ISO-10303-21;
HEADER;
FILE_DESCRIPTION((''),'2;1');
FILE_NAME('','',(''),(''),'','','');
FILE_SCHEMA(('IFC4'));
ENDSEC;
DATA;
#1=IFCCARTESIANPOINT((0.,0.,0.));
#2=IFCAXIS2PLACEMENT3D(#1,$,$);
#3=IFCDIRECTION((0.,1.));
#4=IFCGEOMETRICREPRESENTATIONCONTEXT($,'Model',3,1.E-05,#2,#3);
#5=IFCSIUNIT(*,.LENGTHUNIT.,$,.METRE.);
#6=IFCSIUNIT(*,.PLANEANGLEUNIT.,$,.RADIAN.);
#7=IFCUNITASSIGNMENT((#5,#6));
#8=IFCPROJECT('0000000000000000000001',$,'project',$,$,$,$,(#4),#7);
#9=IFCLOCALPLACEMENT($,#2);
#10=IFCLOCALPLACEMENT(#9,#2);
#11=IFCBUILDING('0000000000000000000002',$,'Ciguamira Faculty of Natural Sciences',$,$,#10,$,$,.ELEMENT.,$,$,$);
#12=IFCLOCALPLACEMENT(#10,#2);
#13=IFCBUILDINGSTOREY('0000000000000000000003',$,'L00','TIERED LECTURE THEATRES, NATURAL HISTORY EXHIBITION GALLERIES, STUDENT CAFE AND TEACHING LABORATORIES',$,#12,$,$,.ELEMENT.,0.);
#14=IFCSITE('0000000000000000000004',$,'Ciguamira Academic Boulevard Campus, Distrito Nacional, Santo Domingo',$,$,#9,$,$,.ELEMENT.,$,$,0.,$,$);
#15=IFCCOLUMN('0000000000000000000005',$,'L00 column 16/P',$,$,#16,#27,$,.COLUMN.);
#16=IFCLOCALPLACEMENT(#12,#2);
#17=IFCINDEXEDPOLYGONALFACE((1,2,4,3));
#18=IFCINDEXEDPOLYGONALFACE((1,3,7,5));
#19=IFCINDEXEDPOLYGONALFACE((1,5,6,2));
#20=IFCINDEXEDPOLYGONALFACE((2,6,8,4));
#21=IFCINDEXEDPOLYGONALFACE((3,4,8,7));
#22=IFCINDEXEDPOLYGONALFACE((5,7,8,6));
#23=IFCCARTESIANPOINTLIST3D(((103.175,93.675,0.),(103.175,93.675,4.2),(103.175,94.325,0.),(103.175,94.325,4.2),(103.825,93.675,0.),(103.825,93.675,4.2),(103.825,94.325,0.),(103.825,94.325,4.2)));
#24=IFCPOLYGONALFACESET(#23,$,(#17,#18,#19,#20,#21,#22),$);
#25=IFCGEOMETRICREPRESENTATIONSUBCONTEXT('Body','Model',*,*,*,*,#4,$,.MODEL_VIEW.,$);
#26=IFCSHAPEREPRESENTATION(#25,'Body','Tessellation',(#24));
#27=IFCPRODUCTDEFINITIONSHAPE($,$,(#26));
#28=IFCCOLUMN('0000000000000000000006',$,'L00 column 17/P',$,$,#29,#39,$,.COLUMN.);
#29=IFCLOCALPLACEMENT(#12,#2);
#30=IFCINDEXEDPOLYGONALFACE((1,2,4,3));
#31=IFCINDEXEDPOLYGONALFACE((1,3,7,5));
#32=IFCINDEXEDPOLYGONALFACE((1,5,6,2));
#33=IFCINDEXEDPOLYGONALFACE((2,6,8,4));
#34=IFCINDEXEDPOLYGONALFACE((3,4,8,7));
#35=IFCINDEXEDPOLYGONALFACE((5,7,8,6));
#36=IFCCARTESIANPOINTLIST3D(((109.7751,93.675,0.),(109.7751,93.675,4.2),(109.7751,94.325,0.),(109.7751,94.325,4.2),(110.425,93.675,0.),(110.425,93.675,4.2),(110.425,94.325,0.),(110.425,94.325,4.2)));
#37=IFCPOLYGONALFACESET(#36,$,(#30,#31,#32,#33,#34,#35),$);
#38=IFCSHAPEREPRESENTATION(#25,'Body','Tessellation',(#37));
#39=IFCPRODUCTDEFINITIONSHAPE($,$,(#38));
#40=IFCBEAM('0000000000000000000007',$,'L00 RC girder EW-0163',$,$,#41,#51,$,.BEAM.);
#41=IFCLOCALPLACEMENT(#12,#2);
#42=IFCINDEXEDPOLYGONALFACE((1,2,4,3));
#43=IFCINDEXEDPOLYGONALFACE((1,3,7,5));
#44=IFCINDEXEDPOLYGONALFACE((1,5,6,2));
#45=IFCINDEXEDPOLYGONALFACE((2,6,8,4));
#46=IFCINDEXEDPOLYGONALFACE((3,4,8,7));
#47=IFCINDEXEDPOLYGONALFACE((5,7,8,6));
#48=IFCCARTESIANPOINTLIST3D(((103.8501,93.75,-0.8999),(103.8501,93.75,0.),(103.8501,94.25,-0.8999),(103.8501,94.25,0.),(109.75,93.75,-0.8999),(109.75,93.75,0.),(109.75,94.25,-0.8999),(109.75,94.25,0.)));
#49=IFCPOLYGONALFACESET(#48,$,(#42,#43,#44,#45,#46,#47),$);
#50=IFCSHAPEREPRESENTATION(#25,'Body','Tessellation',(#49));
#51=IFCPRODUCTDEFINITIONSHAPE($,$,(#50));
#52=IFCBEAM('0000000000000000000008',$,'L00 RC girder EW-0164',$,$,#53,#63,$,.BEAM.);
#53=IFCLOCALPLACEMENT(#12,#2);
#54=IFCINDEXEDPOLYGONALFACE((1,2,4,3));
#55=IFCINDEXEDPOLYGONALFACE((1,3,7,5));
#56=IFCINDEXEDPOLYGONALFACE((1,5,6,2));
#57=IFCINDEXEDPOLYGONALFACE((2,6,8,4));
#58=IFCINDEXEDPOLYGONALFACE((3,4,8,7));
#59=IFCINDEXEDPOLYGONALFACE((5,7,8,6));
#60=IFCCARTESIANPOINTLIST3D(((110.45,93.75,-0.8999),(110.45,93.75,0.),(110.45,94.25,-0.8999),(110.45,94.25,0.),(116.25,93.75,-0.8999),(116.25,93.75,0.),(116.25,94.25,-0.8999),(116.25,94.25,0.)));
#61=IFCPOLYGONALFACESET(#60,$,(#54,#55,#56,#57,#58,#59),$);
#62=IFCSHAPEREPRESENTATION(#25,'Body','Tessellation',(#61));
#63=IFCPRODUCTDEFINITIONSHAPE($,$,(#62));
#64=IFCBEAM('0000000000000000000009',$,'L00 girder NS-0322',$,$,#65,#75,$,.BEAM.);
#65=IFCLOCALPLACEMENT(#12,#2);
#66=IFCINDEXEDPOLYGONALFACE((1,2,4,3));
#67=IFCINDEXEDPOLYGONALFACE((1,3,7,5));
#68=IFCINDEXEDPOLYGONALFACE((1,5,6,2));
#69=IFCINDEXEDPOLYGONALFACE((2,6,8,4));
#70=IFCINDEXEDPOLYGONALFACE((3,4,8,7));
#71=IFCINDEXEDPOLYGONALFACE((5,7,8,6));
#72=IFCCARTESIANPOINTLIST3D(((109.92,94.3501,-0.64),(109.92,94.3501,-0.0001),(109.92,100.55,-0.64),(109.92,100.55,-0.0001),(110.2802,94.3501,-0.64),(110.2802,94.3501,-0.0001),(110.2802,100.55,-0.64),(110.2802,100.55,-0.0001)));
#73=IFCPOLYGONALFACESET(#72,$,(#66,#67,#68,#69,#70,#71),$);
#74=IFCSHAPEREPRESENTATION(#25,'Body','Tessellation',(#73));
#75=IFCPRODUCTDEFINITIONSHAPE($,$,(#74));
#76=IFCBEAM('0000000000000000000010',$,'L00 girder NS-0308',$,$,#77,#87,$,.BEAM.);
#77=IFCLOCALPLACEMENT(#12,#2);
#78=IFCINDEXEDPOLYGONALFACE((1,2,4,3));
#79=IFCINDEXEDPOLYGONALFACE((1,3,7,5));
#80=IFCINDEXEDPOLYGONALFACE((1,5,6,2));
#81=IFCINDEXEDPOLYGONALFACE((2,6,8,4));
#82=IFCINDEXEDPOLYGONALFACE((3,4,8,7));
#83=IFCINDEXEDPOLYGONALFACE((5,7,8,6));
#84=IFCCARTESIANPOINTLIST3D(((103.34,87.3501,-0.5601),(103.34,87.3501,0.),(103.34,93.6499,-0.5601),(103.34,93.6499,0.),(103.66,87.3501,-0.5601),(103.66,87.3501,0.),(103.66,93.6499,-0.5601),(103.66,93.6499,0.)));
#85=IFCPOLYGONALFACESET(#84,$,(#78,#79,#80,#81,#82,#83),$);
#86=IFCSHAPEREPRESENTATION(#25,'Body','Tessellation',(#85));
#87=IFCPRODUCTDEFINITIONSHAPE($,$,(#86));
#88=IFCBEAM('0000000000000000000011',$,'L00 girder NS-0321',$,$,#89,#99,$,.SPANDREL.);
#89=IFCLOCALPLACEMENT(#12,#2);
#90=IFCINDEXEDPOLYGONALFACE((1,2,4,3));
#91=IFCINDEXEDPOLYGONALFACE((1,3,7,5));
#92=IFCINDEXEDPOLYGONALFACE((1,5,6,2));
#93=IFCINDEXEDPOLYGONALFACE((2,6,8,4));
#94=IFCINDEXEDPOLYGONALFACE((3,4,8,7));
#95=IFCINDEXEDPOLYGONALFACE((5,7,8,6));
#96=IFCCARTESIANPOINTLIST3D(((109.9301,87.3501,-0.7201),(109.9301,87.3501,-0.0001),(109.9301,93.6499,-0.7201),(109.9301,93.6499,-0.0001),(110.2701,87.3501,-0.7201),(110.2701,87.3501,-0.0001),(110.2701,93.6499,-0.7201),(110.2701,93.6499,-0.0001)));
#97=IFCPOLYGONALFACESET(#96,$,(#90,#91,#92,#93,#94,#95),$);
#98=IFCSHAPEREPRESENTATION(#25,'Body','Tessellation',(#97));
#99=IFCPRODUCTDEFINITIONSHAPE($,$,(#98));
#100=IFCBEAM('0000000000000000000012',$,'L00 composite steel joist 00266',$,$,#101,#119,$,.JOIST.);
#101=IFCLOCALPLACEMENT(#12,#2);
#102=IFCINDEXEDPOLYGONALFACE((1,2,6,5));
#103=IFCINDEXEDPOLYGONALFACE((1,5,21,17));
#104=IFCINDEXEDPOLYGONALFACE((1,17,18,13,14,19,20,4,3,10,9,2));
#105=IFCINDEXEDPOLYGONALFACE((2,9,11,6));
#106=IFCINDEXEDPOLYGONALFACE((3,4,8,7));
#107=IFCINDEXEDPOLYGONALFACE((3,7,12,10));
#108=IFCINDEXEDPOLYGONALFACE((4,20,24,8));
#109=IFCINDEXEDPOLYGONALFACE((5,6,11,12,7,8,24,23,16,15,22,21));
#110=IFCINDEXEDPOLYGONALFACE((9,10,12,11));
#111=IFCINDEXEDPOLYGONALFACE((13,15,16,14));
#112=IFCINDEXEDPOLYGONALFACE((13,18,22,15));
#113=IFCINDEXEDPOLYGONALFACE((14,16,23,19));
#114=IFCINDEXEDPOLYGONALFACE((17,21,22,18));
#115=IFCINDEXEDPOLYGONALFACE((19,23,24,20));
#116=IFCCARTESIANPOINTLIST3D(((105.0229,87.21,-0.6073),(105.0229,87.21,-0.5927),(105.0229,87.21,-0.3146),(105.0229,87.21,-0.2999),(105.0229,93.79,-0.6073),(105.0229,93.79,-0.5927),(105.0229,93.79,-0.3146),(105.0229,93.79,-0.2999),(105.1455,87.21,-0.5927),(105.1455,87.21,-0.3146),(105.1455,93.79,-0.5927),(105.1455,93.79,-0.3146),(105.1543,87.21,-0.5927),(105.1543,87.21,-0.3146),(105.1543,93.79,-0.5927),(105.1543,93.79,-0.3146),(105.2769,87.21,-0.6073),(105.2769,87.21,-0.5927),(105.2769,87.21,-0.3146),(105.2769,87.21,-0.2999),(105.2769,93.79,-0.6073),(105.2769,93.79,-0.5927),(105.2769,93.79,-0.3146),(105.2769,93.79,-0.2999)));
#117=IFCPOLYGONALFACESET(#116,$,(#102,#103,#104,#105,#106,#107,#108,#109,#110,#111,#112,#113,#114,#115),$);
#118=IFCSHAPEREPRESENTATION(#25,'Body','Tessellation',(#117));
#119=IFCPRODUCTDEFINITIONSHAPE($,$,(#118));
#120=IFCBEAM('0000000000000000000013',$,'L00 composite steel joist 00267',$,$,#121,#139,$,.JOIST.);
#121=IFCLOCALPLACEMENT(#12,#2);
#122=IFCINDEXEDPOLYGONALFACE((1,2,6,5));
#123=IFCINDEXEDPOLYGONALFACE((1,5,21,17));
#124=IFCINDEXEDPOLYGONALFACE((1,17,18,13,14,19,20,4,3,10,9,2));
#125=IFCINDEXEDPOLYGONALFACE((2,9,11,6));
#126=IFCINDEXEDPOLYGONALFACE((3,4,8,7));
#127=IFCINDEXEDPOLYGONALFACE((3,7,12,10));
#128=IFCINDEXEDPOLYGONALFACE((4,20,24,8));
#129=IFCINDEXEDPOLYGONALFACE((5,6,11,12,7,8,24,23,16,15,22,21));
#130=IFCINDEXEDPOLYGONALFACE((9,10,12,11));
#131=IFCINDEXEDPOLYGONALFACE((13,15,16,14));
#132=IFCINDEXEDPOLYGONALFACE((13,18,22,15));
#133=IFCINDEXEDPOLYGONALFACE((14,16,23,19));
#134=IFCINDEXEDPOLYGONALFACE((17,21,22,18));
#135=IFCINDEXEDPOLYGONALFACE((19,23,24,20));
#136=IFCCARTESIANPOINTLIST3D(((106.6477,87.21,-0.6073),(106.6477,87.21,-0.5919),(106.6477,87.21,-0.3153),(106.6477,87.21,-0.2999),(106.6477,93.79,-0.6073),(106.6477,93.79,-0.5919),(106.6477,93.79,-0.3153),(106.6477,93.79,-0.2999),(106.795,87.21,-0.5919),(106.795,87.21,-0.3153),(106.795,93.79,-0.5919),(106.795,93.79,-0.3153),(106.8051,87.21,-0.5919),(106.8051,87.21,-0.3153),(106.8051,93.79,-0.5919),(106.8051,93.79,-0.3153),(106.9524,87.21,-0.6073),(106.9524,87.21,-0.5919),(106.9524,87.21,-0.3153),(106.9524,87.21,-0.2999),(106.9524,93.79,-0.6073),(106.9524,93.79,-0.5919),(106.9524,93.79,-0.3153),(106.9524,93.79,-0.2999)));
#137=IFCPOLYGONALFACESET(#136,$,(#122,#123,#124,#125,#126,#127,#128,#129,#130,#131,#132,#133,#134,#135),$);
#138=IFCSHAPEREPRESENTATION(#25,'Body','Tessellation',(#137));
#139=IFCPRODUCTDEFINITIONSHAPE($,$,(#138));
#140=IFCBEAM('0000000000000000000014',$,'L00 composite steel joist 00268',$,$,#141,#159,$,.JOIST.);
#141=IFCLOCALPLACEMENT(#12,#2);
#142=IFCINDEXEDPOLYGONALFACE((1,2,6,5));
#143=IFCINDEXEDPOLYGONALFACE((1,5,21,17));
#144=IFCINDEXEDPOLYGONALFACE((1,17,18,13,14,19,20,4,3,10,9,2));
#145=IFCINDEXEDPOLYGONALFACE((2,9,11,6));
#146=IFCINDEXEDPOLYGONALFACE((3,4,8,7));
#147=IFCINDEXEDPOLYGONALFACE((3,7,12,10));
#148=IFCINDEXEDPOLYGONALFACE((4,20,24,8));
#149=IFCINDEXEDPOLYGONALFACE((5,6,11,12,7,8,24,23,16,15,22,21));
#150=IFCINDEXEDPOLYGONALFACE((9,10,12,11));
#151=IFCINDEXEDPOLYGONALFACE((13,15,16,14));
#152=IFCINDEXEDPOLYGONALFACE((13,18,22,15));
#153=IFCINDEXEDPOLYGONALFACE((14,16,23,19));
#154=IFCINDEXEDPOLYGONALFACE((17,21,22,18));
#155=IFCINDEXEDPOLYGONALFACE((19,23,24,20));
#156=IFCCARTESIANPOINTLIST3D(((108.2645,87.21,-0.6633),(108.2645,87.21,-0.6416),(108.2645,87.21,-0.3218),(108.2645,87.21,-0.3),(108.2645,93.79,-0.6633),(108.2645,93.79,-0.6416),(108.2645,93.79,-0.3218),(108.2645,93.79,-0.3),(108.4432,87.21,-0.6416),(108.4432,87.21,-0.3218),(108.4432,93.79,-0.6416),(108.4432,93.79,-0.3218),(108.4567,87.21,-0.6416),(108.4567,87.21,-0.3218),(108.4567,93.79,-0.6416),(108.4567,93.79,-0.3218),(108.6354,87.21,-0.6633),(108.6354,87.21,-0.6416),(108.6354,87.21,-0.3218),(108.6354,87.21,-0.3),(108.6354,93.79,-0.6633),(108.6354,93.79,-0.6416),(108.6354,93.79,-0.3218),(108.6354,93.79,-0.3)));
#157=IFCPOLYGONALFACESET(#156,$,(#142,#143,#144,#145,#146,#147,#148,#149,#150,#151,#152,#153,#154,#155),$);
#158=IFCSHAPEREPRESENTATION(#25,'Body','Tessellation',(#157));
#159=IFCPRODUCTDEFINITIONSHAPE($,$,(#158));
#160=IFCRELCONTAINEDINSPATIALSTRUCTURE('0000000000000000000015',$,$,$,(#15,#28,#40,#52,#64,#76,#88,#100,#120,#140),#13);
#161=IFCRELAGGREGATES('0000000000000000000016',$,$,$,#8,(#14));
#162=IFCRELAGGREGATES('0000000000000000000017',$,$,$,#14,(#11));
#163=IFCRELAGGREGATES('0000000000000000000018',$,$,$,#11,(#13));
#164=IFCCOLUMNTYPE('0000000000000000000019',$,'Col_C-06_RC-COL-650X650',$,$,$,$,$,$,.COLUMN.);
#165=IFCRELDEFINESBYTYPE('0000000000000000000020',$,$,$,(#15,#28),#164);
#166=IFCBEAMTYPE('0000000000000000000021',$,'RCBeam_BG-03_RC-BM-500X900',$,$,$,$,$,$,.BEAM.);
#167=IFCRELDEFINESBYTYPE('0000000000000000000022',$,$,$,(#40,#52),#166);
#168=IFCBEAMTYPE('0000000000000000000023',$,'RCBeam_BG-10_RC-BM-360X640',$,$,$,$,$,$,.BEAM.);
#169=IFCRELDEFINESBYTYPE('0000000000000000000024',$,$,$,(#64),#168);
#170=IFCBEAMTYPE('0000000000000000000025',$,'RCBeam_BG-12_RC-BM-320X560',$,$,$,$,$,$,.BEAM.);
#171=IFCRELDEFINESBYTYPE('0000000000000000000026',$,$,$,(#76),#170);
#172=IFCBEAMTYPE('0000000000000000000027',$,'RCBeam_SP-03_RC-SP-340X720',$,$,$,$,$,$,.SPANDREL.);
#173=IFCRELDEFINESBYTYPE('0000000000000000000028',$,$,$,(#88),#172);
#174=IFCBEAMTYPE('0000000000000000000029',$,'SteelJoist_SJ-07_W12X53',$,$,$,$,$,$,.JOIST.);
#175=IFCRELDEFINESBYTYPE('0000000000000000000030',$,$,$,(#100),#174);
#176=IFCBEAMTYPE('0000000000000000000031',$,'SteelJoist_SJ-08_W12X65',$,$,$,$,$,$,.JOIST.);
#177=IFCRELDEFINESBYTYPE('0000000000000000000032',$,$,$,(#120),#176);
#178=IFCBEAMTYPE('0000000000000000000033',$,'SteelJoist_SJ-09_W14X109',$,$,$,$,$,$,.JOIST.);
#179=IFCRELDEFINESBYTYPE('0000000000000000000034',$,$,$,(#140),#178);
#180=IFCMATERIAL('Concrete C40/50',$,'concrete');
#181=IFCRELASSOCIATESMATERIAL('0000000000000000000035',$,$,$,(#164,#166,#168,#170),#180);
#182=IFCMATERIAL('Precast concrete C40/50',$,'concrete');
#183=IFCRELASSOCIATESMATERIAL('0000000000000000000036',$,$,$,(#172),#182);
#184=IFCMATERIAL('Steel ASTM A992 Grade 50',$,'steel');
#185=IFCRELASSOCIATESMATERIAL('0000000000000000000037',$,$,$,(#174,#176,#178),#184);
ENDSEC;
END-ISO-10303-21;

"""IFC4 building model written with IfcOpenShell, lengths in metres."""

from ifc_helpers import new_model, si_unit, direction, frame, origin, origin_2d, place, context, subcontext, project, spatial, rectangle, i_section, extrude, material, material_profile, profile_set, type_object, element, save


model = new_model("IFC4")

# Units and contexts
model_context = context("Model", 3, precision=1e-05, world=origin(), true_north=direction((0.0, 1.0)))
body_context = subcontext(model_context, "Body", "Model", "MODEL_VIEW")
ifc_project = project(units=[si_unit("LENGTHUNIT", "METRE"), si_unit("PLANEANGLEUNIT", "RADIAN")], contexts=[model_context])

# Site, building, storey
site_placement = place(None, origin())
site = spatial("IfcSite", under=ifc_project, at=site_placement, Name="Ciguamira Academic Boulevard Campus, Distrito Nacional, Santo Domingo", CompositionType="ELEMENT", RefElevation=0.0)
building_placement = place(site_placement, origin())
building = spatial("IfcBuilding", under=site, at=building_placement, Name="Ciguamira Faculty of Natural Sciences", CompositionType="ELEMENT")
storey_placement = place(building_placement, origin())
storey = spatial("IfcBuildingStorey", under=building, at=storey_placement, Name="L00", Description="TIERED LECTURE THEATRES, NATURAL HISTORY EXHIBITION GALLERIES, STUDENT CAFE AND TEACHING LABORATORIES", CompositionType="ELEMENT", Elevation=0.0)

# Columns
ifc_material_1 = material(Name="Concrete C40/50", Category="concrete")
ifc_material_profile_1 = material_profile(ifc_material_1, rectangle(XDim=0.6499, YDim=0.6499, at=origin_2d()), Name="RC-COL-650X650")
ifc_profile_set_1 = profile_set([ifc_material_profile_1], Name="Concrete C40/50")
column_type = type_object("IfcColumnType", Name="Col_C-06_RC-COL-650X650", PredefinedType="COLUMN", material=ifc_profile_set_1)
for number, where, z_axis, x_axis, name in (
    (1, (103.5, 94.0, 0.0), (0.0, 0.0, 1.0), (1.0, 0.0, 0.0), "L00 column 16/P"),
    (2, (110.1001, 94.0, 0.0), (0.0, 0.0, 1.0), (1.0, 0.0, 0.0), "L00 column 17/P"),
):
    element("IfcColumn", number, at=place(storey_placement, frame(where, z_axis=z_axis, x_axis=x_axis)), inside=storey, type_object=column_type, Name=name, PredefinedType="COLUMN", context=body_context, shape_type="SweptSolid", body=[
        extrude(rectangle(XDim=0.6499, YDim=0.6499, at=origin_2d()), origin(), (0.0, 0.0, 1.0), 4.2),
    ])

# Beams
ifc_material_profile_2 = material_profile(ifc_material_1, rectangle(XDim=0.5, YDim=0.8999, at=origin_2d()), Name="RC-BM-500X900")
ifc_profile_set_2 = profile_set([ifc_material_profile_2], Name="Concrete C40/50")
beam_type_1 = type_object("IfcBeamType", Name="RCBeam_BG-03_RC-BM-500X900", PredefinedType="BEAM", material=ifc_profile_set_2)
beam_1_placement = place(storey_placement, frame((103.8501, 94.0, -0.45), z_axis=(1.0, 0.0, 0.0), x_axis=(0.0, 1.0, 0.0)))
element("IfcBeam", 3, at=beam_1_placement, inside=storey, type_object=beam_type_1, Name="L00 RC girder EW-0163", PredefinedType="BEAM", context=body_context, shape_type="SweptSolid", body=[
    extrude(rectangle(XDim=0.5, YDim=0.8999, at=origin_2d()), origin(), (0.0, 0.0, 1.0), 5.8999),
])
beam_2_placement = place(storey_placement, frame((110.45, 94.0, -0.45), z_axis=(1.0, 0.0, 0.0), x_axis=(0.0, 1.0, 0.0)))
element("IfcBeam", 4, at=beam_2_placement, inside=storey, type_object=beam_type_1, Name="L00 RC girder EW-0164", PredefinedType="BEAM", context=body_context, shape_type="SweptSolid", body=[
    extrude(rectangle(XDim=0.5, YDim=0.8999, at=origin_2d()), origin(), (0.0, 0.0, 1.0), 5.8),
])
ifc_material_profile_3 = material_profile(ifc_material_1, rectangle(XDim=0.3601, YDim=0.6399, at=origin_2d()), Name="RC-BM-360X640")
ifc_profile_set_3 = profile_set([ifc_material_profile_3], Name="Concrete C40/50")
beam_type_2 = type_object("IfcBeamType", Name="RCBeam_BG-10_RC-BM-360X640", PredefinedType="BEAM", material=ifc_profile_set_3)
beam_3_placement = place(storey_placement, frame((110.1001, 94.3501, -0.3201), z_axis=(0.0, 1.0, 0.0), x_axis=(-1.0, 0.0, 0.0)))
element("IfcBeam", 5, at=beam_3_placement, inside=storey, type_object=beam_type_2, Name="L00 girder NS-0322", PredefinedType="BEAM", context=body_context, shape_type="SweptSolid", body=[
    extrude(rectangle(XDim=0.3601, YDim=0.6399, at=origin_2d()), origin(), (0.0, 0.0, 1.0), 6.2),
])
ifc_material_profile_4 = material_profile(ifc_material_1, rectangle(XDim=0.3201, YDim=0.5601, at=origin_2d()), Name="RC-BM-320X560")
ifc_profile_set_4 = profile_set([ifc_material_profile_4], Name="Concrete C40/50")
beam_type_3 = type_object("IfcBeamType", Name="RCBeam_BG-12_RC-BM-320X560", PredefinedType="BEAM", material=ifc_profile_set_4)
beam_4_placement = place(storey_placement, frame((103.5, 87.3501, -0.28), z_axis=(0.0, 1.0, 0.0), x_axis=(-1.0, 0.0, 0.0)))
element("IfcBeam", 6, at=beam_4_placement, inside=storey, type_object=beam_type_3, Name="L00 girder NS-0308", PredefinedType="BEAM", context=body_context, shape_type="SweptSolid", body=[
    extrude(rectangle(XDim=0.3201, YDim=0.5601, at=origin_2d()), origin(), (0.0, 0.0, 1.0), 6.2998),
])
ifc_material_2 = material(Name="Precast concrete C40/50", Category="concrete")
ifc_material_profile_5 = material_profile(ifc_material_2, rectangle(XDim=0.3401, YDim=0.72, at=origin_2d()), Name="RC-SP-340X720")
ifc_profile_set_5 = profile_set([ifc_material_profile_5], Name="Precast concrete C40/50")
beam_type_4 = type_object("IfcBeamType", Name="RCBeam_SP-03_RC-SP-340X720", PredefinedType="SPANDREL", material=ifc_profile_set_5)
beam_5_placement = place(storey_placement, frame((110.1001, 87.3501, -0.3601), z_axis=(0.0, 1.0, 0.0), x_axis=(-1.0, 0.0, 0.0)))
element("IfcBeam", 7, at=beam_5_placement, inside=storey, type_object=beam_type_4, Name="L00 girder NS-0321", PredefinedType="SPANDREL", context=body_context, shape_type="SweptSolid", body=[
    extrude(rectangle(XDim=0.3401, YDim=0.72, at=origin_2d()), origin(), (0.0, 0.0, 1.0), 6.2998),
])
ifc_material_3 = material(Name="Steel ASTM A992 Grade 50", Category="steel")
ifc_material_profile_6 = material_profile(ifc_material_3, i_section(OverallWidth=0.2539, OverallDepth=0.3074, WebThickness=0.0088, FlangeThickness=0.0146, at=origin_2d()), Name="W12X53")
ifc_profile_set_6 = profile_set([ifc_material_profile_6], Name="Steel ASTM A992 Grade 50")
beam_type_5 = type_object("IfcBeamType", Name="SteelJoist_SJ-07_W12X53", PredefinedType="JOIST", material=ifc_profile_set_6)
beam_6_placement = place(storey_placement, frame((105.1499, 87.21, -0.4536), z_axis=(0.0, 1.0, 0.0), x_axis=(-1.0, 0.0, 0.0)))
element("IfcBeam", 8, at=beam_6_placement, inside=storey, type_object=beam_type_5, Name="L00 composite steel joist 00266", PredefinedType="JOIST", context=body_context, shape_type="SweptSolid", body=[
    extrude(i_section(OverallWidth=0.2539, OverallDepth=0.3074, WebThickness=0.0088, FlangeThickness=0.0146, at=origin_2d()), origin(), (0.0, 0.0, 1.0), 6.5801),
])
ifc_material_profile_7 = material_profile(ifc_material_3, i_section(OverallWidth=0.3047, OverallDepth=0.3074, WebThickness=0.01, FlangeThickness=0.0154, at=origin_2d()), Name="W12X65")
ifc_profile_set_7 = profile_set([ifc_material_profile_7], Name="Steel ASTM A992 Grade 50")
beam_type_6 = type_object("IfcBeamType", Name="SteelJoist_SJ-08_W12X65", PredefinedType="JOIST", material=ifc_profile_set_7)
beam_7_placement = place(storey_placement, frame((106.8, 87.21, -0.4536), z_axis=(0.0, 1.0, 0.0), x_axis=(-1.0, 0.0, 0.0)))
element("IfcBeam", 9, at=beam_7_placement, inside=storey, type_object=beam_type_6, Name="L00 composite steel joist 00267", PredefinedType="JOIST", context=body_context, shape_type="SweptSolid", body=[
    extrude(i_section(OverallWidth=0.3047, OverallDepth=0.3074, WebThickness=0.01, FlangeThickness=0.0154, at=origin_2d()), origin(), (0.0, 0.0, 1.0), 6.5801),
])
ifc_material_profile_8 = material_profile(ifc_material_3, i_section(OverallWidth=0.3708, OverallDepth=0.3633, WebThickness=0.0134, FlangeThickness=0.0217, at=origin_2d()), Name="W14X109")
ifc_profile_set_8 = profile_set([ifc_material_profile_8], Name="Steel ASTM A992 Grade 50")
beam_type_7 = type_object("IfcBeamType", Name="SteelJoist_SJ-09_W14X109", PredefinedType="JOIST", material=ifc_profile_set_8)
beam_8_placement = place(storey_placement, frame((108.45, 87.21, -0.4817), z_axis=(0.0, 1.0, 0.0), x_axis=(-1.0, 0.0, 0.0)))
element("IfcBeam", 10, at=beam_8_placement, inside=storey, type_object=beam_type_7, Name="L00 composite steel joist 00268", PredefinedType="JOIST", context=body_context, shape_type="SweptSolid", body=[
    extrude(i_section(OverallWidth=0.3708, OverallDepth=0.3633, WebThickness=0.0134, FlangeThickness=0.0217, at=origin_2d()), origin(), (0.0, 0.0, 1.0), 6.5801),
])

save(model, "model.ifc")
